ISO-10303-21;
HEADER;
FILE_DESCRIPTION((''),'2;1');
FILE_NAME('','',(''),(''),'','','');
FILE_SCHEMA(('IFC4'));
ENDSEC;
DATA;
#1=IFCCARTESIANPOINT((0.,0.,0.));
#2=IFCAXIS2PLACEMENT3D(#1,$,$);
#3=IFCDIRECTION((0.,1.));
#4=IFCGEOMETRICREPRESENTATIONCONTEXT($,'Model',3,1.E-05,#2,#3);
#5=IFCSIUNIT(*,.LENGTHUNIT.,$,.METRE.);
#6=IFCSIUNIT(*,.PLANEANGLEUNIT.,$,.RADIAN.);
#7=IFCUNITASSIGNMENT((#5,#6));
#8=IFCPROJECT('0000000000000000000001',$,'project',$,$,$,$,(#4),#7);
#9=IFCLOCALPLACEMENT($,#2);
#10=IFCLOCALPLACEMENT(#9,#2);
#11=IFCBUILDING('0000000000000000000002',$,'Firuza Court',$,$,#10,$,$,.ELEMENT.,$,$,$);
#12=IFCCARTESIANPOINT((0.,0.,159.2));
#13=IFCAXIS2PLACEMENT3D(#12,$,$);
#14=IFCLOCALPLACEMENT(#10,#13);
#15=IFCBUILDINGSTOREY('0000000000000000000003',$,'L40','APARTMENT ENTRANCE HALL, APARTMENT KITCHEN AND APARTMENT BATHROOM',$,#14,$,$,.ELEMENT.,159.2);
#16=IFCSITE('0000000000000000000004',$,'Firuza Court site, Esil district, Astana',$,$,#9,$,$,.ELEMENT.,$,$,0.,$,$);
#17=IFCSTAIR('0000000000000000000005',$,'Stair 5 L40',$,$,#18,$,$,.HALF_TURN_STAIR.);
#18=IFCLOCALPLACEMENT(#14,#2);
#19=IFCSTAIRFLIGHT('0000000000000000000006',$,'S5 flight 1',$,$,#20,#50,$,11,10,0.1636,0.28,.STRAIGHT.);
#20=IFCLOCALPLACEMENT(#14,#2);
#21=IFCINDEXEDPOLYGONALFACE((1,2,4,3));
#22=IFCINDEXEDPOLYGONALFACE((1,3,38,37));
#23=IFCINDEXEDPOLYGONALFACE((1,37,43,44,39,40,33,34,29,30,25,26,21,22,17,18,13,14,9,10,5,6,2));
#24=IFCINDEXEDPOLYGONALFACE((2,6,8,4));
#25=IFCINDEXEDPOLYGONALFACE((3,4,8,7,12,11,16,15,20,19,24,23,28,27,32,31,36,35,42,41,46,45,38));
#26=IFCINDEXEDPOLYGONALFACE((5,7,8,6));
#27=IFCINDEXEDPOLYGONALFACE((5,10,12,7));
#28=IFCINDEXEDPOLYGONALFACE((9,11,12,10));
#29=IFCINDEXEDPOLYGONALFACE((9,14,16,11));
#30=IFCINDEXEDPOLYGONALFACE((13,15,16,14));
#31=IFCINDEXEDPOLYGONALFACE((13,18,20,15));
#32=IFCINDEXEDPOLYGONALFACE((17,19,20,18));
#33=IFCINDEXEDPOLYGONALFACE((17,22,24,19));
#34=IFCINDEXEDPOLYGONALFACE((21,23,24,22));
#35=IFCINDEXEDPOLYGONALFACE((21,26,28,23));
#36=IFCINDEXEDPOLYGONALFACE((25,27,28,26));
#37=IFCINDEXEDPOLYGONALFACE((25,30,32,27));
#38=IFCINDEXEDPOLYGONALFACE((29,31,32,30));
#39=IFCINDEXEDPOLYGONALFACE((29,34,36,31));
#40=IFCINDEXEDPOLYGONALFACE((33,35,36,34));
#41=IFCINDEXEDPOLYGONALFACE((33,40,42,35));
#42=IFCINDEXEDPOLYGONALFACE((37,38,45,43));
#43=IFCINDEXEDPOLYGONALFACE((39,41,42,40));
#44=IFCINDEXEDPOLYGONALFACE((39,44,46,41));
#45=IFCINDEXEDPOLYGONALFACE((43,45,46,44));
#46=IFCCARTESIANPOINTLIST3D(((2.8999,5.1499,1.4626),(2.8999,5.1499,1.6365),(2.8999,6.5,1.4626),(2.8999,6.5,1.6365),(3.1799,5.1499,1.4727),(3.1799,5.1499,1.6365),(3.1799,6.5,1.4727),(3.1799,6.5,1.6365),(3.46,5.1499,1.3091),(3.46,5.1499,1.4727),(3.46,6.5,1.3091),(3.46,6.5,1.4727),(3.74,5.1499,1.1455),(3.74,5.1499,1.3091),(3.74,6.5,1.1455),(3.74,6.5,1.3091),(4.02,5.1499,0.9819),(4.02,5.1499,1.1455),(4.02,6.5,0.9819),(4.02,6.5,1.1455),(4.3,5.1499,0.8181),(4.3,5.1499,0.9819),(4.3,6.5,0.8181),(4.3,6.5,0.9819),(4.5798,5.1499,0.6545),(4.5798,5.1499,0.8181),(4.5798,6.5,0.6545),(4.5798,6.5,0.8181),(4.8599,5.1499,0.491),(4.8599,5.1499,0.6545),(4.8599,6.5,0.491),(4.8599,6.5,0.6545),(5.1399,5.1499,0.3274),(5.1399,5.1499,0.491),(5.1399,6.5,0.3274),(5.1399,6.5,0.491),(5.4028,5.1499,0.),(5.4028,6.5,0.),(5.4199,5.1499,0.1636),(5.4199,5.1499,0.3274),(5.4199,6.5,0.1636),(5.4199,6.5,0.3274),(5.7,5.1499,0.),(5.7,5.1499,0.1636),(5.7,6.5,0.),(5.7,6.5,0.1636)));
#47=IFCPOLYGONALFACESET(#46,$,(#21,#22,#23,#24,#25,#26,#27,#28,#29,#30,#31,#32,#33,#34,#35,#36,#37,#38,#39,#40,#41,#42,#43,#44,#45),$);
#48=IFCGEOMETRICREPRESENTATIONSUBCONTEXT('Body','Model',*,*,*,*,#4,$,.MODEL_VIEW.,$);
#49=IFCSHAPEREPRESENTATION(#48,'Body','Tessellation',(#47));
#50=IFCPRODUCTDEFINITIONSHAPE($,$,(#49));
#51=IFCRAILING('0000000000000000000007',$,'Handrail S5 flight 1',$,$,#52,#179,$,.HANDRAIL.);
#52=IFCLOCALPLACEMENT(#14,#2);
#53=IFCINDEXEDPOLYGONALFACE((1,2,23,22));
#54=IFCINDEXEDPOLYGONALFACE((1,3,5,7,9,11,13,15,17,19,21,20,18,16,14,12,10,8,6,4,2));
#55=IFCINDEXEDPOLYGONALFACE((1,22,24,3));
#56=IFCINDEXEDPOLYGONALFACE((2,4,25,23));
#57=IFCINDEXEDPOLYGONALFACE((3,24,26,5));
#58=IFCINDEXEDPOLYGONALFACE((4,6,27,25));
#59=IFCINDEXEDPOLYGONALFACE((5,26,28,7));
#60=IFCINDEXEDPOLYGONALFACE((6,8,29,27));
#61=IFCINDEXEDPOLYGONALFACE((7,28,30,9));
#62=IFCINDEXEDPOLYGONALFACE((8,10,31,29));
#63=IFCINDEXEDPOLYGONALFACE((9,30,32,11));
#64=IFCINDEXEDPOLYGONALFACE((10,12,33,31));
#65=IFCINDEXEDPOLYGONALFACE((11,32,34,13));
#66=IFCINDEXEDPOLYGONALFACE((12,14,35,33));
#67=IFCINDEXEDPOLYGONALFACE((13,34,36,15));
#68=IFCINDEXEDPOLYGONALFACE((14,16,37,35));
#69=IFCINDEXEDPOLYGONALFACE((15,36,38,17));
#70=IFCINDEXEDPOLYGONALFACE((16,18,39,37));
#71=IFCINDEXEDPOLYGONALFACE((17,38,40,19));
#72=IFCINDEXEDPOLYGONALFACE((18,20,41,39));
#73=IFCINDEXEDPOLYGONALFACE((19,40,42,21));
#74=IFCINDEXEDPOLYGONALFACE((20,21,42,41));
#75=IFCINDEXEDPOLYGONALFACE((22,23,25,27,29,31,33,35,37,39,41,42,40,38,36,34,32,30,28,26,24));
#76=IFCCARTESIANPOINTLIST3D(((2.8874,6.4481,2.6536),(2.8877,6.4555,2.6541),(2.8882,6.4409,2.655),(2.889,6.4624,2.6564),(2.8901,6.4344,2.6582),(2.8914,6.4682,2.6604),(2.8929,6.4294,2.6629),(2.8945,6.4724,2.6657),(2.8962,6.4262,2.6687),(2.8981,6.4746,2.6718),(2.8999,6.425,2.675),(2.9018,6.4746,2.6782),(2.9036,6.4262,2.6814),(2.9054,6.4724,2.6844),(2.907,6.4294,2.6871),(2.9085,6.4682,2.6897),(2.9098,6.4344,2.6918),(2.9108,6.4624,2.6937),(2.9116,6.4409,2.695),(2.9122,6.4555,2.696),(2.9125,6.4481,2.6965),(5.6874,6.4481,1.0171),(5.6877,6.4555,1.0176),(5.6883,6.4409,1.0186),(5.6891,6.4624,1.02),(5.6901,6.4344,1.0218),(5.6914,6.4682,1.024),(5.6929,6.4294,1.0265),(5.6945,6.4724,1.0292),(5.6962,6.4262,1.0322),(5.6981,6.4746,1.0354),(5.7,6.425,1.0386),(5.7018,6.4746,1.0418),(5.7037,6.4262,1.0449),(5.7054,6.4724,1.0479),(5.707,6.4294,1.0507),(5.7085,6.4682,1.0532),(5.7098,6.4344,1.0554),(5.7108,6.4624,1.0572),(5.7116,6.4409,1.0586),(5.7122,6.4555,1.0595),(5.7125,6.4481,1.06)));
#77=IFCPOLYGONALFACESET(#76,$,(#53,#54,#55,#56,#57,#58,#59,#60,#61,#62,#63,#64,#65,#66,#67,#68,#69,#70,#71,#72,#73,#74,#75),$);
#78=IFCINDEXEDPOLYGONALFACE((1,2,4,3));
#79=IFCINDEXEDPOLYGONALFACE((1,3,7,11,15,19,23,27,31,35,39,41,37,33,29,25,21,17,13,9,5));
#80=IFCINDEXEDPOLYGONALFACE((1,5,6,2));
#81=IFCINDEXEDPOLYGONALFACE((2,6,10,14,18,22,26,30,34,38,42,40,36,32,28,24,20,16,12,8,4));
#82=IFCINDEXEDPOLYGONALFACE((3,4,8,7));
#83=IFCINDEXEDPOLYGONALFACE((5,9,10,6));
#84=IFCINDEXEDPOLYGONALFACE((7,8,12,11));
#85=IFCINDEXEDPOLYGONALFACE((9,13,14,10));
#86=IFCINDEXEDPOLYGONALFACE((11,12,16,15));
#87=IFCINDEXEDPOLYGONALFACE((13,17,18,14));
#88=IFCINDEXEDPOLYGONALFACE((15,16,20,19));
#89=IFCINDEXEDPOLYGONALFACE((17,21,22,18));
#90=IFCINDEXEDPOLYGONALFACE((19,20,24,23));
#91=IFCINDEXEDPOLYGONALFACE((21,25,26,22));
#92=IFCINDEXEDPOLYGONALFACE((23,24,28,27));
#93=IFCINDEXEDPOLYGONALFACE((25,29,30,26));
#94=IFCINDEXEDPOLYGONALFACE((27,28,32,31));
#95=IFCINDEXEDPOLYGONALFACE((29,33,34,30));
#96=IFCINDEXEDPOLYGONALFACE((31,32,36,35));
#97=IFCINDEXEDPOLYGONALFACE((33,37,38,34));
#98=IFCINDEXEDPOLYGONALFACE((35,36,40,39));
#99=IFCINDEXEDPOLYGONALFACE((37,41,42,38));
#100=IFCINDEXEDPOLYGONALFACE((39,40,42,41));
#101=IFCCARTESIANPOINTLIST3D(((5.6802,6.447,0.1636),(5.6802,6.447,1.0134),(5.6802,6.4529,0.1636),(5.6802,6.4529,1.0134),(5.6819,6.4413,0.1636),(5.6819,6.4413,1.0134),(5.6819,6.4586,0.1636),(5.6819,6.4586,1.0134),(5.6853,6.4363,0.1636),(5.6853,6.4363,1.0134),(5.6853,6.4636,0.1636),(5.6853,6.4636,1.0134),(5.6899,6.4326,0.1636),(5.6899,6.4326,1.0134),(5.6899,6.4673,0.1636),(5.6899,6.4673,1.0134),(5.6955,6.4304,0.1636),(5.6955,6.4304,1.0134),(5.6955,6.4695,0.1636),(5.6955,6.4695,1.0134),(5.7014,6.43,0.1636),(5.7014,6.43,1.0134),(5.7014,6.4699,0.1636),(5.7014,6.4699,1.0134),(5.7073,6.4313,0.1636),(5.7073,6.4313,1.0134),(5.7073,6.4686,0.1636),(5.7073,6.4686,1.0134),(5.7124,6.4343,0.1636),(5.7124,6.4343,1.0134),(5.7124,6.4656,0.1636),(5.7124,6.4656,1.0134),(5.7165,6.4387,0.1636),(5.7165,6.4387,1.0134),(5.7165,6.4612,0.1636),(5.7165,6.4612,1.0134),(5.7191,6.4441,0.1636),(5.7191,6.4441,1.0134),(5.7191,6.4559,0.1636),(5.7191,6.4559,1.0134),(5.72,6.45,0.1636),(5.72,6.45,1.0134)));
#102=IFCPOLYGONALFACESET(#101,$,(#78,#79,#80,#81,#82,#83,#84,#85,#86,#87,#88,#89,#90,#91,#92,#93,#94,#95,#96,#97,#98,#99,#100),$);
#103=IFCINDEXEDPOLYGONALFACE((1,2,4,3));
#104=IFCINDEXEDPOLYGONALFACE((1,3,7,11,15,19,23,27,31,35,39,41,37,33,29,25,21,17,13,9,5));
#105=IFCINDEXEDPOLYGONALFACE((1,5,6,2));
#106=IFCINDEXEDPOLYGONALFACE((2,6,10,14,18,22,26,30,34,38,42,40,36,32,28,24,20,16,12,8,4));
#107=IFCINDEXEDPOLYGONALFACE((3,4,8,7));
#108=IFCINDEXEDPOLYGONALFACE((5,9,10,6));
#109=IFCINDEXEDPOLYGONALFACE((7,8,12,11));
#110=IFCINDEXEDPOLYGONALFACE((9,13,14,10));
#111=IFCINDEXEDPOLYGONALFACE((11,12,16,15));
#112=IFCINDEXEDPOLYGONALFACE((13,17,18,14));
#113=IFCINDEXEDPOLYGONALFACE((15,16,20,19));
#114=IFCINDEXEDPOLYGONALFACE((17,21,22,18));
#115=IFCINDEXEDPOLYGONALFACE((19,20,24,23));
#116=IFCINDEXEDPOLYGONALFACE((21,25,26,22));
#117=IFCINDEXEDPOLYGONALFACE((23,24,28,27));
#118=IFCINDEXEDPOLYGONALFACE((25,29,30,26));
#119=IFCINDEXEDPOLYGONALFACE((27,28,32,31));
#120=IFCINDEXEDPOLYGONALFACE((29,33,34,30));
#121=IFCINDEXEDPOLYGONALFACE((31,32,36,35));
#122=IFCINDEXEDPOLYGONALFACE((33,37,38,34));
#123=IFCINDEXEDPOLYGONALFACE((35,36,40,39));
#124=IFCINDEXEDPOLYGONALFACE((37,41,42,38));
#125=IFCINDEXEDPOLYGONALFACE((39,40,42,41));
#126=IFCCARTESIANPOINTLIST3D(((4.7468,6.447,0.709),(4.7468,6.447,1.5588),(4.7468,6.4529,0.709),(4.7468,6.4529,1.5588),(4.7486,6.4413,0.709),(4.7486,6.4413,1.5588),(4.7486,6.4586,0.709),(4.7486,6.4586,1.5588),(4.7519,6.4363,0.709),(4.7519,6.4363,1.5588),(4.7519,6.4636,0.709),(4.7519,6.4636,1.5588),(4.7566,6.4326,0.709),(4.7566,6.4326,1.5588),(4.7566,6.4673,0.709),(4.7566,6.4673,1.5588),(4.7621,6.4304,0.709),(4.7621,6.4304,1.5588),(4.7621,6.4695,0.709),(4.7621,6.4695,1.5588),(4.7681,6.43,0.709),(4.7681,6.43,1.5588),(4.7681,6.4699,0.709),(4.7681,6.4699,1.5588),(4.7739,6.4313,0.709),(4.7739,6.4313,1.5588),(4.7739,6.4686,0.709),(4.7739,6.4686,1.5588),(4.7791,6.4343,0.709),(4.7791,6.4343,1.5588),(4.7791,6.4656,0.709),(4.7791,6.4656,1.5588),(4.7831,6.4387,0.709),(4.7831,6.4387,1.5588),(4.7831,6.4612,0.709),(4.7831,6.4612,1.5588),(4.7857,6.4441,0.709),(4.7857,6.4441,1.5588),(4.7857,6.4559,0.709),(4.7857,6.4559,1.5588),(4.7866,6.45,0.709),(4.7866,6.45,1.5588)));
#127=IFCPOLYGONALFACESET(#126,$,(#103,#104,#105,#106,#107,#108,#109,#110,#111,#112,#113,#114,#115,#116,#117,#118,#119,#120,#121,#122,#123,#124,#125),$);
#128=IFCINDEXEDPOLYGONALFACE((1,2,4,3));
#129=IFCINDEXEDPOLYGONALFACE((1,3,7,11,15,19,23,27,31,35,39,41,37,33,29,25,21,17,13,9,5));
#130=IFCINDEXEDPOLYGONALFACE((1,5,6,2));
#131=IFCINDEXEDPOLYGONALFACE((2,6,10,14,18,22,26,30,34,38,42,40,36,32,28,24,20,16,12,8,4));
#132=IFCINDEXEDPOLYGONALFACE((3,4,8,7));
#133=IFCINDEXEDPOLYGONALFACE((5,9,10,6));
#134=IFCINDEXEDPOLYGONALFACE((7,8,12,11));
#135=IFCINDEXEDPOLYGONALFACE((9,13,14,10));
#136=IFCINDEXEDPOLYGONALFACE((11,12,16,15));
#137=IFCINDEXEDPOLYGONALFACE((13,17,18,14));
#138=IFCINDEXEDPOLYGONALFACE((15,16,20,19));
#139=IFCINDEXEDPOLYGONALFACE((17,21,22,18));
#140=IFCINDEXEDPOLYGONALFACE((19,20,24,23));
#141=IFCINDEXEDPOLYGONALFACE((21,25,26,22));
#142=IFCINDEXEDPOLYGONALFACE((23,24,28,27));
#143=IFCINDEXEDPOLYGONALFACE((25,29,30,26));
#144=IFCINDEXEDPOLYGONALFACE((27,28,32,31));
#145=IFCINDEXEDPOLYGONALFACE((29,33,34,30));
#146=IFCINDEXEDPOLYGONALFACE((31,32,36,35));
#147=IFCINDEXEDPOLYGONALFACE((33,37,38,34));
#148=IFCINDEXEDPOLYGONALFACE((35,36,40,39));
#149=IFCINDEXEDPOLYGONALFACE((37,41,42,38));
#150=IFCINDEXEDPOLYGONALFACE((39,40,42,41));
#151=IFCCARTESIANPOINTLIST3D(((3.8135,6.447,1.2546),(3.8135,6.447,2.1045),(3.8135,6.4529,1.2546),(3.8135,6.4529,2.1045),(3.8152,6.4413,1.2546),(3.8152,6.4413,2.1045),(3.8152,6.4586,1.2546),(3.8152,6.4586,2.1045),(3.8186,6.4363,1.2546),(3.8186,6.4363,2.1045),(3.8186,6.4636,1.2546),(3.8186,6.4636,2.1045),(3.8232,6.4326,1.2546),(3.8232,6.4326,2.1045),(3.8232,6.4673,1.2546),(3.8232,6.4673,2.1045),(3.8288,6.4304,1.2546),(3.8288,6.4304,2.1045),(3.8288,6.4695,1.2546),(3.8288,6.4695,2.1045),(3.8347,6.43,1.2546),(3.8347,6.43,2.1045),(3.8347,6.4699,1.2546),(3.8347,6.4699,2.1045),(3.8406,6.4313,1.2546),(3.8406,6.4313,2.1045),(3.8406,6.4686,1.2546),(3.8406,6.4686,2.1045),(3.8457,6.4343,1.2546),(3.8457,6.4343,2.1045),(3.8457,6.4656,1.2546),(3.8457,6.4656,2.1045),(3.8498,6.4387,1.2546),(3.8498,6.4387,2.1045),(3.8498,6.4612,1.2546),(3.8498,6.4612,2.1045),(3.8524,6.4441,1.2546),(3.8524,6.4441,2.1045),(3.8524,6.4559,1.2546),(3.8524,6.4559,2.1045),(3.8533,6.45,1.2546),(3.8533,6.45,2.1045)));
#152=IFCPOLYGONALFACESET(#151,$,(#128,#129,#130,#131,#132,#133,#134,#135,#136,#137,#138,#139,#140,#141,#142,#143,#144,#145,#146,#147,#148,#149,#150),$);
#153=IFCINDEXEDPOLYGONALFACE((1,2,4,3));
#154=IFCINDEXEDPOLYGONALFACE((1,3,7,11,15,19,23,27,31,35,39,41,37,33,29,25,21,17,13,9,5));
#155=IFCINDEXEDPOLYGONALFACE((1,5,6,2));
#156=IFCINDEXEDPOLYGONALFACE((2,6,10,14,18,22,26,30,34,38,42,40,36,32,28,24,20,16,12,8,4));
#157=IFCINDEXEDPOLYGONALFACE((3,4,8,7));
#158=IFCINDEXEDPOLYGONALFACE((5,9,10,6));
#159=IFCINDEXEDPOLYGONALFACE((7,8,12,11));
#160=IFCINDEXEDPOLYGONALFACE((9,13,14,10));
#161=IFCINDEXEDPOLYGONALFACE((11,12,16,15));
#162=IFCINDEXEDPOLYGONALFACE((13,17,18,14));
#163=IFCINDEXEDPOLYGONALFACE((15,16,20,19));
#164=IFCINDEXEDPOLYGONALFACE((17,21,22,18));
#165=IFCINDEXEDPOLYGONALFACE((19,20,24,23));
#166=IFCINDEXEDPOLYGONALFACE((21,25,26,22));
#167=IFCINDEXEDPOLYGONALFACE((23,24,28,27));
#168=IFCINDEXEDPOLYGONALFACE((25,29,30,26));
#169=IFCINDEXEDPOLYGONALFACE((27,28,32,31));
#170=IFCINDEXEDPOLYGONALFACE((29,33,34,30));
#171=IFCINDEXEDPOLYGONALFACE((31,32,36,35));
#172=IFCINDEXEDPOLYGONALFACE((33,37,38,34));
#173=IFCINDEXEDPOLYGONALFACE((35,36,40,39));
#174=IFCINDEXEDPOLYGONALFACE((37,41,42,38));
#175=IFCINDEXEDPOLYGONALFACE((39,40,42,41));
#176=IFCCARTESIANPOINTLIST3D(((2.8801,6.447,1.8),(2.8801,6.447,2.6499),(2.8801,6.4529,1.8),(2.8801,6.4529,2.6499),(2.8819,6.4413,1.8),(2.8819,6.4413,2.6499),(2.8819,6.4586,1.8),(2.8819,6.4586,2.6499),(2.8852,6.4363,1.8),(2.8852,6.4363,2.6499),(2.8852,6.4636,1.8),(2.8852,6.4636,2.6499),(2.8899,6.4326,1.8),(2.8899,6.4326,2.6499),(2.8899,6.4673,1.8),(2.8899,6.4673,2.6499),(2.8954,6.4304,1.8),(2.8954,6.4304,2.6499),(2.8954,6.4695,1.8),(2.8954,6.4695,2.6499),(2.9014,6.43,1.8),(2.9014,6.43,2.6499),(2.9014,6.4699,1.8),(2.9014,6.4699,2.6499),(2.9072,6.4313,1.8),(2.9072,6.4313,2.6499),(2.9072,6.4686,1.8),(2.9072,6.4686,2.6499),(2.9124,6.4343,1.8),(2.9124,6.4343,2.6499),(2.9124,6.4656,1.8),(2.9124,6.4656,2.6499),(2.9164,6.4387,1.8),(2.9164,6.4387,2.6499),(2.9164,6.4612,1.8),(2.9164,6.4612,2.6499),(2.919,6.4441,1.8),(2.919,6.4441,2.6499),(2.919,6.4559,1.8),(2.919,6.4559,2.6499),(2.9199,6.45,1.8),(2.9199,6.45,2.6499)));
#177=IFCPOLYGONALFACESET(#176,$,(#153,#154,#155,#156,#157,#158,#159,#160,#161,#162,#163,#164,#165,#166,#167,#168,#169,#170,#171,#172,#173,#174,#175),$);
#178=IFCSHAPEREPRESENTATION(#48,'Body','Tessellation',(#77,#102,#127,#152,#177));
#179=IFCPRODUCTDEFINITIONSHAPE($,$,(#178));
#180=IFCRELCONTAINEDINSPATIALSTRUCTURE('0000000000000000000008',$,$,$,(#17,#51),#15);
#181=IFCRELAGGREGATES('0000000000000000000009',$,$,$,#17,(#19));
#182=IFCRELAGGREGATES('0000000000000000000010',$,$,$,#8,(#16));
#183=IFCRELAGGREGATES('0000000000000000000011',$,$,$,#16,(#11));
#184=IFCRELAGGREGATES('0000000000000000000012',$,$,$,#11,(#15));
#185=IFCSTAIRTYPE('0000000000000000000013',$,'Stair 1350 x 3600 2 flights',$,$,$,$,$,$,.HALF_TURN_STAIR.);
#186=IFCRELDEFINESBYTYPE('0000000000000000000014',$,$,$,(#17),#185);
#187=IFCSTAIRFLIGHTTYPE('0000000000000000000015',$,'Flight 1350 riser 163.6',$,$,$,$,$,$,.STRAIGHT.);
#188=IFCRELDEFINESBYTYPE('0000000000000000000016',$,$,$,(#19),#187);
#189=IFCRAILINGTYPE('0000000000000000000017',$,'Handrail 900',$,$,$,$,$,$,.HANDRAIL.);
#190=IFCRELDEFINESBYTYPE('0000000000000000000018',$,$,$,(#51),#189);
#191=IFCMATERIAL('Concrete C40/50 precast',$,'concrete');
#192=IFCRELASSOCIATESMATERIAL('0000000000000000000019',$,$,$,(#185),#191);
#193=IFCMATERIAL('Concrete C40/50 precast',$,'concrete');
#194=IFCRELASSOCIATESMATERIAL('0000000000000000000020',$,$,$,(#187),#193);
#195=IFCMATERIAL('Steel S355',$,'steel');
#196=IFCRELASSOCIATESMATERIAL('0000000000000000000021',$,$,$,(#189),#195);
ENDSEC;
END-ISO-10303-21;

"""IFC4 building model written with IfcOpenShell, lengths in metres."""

from ifc_helpers import new_model, si_unit, direction, frame, origin, origin_2d, place, context, subcontext, project, spatial, polyline, circle, outline, extrude, material, type_object, element, aggregate, save


model = new_model("IFC4")

# Units and contexts
model_context = context("Model", 3, precision=1e-05, world=origin(), true_north=direction((0.0, 1.0)))
body_context = subcontext(model_context, "Body", "Model", "MODEL_VIEW")
ifc_project = project(units=[si_unit("LENGTHUNIT", "METRE"), si_unit("PLANEANGLEUNIT", "RADIAN")], contexts=[model_context])

# Site, building, storey
site_placement = place(None, origin())
site = spatial("IfcSite", under=ifc_project, at=site_placement, Name="Firuza Court site, Esil district, Astana", CompositionType="ELEMENT", RefElevation=0.0)
building_placement = place(site_placement, origin())
building = spatial("IfcBuilding", under=site, at=building_placement, Name="Firuza Court", CompositionType="ELEMENT")
storey_placement = place(building_placement, frame((0.0, 0.0, 159.2)))
storey = spatial("IfcBuildingStorey", under=building, at=storey_placement, Name="L40", Description="APARTMENT ENTRANCE HALL, APARTMENT KITCHEN AND APARTMENT BATHROOM", CompositionType="ELEMENT", Elevation=159.2)

# Stair, stair flight
ifc_material_1 = material(Name="Concrete C40/50 precast", Category="concrete")
stair_type = type_object("IfcStairType", Name="Stair 1350 x 3600 2 flights", PredefinedType="HALF_TURN_STAIR", material=ifc_material_1)
stair_placement = place(storey_placement, origin())
stair = element("IfcStair", 1, at=stair_placement, inside=storey, type_object=stair_type, Name="Stair 5 L40", PredefinedType="HALF_TURN_STAIR")
ifc_material_2 = material(Name="Concrete C40/50 precast", Category="concrete")
stair_flight_type = type_object("IfcStairFlightType", Name="Flight 1350 riser 163.6", PredefinedType="STRAIGHT", material=ifc_material_2)
stair_flight_placement = place(storey_placement, frame((5.7, 5.825, 0.0), z_axis=(0.0, 0.0, 1.0), x_axis=(-1.0, 0.0, 0.0)))
stair_flight = element("IfcStairFlight", 2, at=stair_flight_placement, type_object=stair_flight_type, Name="S5 flight 1", NumberOfRisers=11, NumberOfTreads=10, PredefinedType="STRAIGHT", RiserHeight=0.1636, TreadLength=0.28, context=body_context, shape_type="SweptSolid", body=[
    extrude(outline(polyline([(0.0, 0.0), (0.0, 0.1636), (0.28, 0.1636), (0.28, 0.3274), (0.5601, 0.3274), (0.5601, 0.491), (0.8401, 0.491), (0.8401, 0.6545), (1.1201, 0.6545), (1.1201, 0.8181), (1.3999, 0.8181), (1.3999, 0.9819), (1.6799, 0.9819), (1.6799, 1.1455), (1.96, 1.1455), (1.96, 1.3091), (2.24, 1.3091), (2.24, 1.4727), (2.52, 1.4727), (2.52, 1.6365), (2.8, 1.6365), (2.8, 1.8), (2.8, 1.4626), (0.2971, 0.0), (0.0, 0.0)])), frame((0.0, 0.675, 0.0), z_axis=(0.0, -1.0, 0.0), x_axis=(1.0, 0.0, 0.0)), (0.0, 0.0, 1.0), 1.3501),
])
aggregate(stair, [stair_flight])

# Railing
ifc_material_3 = material(Name="Steel S355", Category="steel")
railing_type_1 = type_object("IfcRailingType", Name="Handrail 900", PredefinedType="HANDRAIL", material=ifc_material_3)
railing_1_placement = place(storey_placement, frame((5.7, 6.45, 0.1636)))
element("IfcRailing", 3, at=railing_1_placement, inside=storey, type_object=railing_type_1, Name="Handrail S5 flight 1", PredefinedType="HANDRAIL", context=body_context, shape_type="SweptSolid", body=[
    extrude(circle(Radius=0.0249, at=origin_2d()), frame((0.0, 0.0, 0.875), z_axis=(-0.863361, 0.0, 0.504587), x_axis=(0.0, -1.0, 0.0)), (0.0, 0.0, 1.0), 3.2432),
    extrude(circle(Radius=0.02, at=origin_2d()), origin(), (0.0, 0.0, 1.0), 0.8499),
    extrude(circle(Radius=0.02, at=origin_2d()), frame((-0.9333, 0.0, 0.5454)), (0.0, 0.0, 1.0), 0.8499),
    extrude(circle(Radius=0.02, at=origin_2d()), frame((-1.8667, 0.0, 1.0911)), (0.0, 0.0, 1.0), 0.8499),
    extrude(circle(Radius=0.02, at=origin_2d()), frame((-2.8, 0.0, 1.6365)), (0.0, 0.0, 1.0), 0.8499),
])

save(model, "model.ifc")
